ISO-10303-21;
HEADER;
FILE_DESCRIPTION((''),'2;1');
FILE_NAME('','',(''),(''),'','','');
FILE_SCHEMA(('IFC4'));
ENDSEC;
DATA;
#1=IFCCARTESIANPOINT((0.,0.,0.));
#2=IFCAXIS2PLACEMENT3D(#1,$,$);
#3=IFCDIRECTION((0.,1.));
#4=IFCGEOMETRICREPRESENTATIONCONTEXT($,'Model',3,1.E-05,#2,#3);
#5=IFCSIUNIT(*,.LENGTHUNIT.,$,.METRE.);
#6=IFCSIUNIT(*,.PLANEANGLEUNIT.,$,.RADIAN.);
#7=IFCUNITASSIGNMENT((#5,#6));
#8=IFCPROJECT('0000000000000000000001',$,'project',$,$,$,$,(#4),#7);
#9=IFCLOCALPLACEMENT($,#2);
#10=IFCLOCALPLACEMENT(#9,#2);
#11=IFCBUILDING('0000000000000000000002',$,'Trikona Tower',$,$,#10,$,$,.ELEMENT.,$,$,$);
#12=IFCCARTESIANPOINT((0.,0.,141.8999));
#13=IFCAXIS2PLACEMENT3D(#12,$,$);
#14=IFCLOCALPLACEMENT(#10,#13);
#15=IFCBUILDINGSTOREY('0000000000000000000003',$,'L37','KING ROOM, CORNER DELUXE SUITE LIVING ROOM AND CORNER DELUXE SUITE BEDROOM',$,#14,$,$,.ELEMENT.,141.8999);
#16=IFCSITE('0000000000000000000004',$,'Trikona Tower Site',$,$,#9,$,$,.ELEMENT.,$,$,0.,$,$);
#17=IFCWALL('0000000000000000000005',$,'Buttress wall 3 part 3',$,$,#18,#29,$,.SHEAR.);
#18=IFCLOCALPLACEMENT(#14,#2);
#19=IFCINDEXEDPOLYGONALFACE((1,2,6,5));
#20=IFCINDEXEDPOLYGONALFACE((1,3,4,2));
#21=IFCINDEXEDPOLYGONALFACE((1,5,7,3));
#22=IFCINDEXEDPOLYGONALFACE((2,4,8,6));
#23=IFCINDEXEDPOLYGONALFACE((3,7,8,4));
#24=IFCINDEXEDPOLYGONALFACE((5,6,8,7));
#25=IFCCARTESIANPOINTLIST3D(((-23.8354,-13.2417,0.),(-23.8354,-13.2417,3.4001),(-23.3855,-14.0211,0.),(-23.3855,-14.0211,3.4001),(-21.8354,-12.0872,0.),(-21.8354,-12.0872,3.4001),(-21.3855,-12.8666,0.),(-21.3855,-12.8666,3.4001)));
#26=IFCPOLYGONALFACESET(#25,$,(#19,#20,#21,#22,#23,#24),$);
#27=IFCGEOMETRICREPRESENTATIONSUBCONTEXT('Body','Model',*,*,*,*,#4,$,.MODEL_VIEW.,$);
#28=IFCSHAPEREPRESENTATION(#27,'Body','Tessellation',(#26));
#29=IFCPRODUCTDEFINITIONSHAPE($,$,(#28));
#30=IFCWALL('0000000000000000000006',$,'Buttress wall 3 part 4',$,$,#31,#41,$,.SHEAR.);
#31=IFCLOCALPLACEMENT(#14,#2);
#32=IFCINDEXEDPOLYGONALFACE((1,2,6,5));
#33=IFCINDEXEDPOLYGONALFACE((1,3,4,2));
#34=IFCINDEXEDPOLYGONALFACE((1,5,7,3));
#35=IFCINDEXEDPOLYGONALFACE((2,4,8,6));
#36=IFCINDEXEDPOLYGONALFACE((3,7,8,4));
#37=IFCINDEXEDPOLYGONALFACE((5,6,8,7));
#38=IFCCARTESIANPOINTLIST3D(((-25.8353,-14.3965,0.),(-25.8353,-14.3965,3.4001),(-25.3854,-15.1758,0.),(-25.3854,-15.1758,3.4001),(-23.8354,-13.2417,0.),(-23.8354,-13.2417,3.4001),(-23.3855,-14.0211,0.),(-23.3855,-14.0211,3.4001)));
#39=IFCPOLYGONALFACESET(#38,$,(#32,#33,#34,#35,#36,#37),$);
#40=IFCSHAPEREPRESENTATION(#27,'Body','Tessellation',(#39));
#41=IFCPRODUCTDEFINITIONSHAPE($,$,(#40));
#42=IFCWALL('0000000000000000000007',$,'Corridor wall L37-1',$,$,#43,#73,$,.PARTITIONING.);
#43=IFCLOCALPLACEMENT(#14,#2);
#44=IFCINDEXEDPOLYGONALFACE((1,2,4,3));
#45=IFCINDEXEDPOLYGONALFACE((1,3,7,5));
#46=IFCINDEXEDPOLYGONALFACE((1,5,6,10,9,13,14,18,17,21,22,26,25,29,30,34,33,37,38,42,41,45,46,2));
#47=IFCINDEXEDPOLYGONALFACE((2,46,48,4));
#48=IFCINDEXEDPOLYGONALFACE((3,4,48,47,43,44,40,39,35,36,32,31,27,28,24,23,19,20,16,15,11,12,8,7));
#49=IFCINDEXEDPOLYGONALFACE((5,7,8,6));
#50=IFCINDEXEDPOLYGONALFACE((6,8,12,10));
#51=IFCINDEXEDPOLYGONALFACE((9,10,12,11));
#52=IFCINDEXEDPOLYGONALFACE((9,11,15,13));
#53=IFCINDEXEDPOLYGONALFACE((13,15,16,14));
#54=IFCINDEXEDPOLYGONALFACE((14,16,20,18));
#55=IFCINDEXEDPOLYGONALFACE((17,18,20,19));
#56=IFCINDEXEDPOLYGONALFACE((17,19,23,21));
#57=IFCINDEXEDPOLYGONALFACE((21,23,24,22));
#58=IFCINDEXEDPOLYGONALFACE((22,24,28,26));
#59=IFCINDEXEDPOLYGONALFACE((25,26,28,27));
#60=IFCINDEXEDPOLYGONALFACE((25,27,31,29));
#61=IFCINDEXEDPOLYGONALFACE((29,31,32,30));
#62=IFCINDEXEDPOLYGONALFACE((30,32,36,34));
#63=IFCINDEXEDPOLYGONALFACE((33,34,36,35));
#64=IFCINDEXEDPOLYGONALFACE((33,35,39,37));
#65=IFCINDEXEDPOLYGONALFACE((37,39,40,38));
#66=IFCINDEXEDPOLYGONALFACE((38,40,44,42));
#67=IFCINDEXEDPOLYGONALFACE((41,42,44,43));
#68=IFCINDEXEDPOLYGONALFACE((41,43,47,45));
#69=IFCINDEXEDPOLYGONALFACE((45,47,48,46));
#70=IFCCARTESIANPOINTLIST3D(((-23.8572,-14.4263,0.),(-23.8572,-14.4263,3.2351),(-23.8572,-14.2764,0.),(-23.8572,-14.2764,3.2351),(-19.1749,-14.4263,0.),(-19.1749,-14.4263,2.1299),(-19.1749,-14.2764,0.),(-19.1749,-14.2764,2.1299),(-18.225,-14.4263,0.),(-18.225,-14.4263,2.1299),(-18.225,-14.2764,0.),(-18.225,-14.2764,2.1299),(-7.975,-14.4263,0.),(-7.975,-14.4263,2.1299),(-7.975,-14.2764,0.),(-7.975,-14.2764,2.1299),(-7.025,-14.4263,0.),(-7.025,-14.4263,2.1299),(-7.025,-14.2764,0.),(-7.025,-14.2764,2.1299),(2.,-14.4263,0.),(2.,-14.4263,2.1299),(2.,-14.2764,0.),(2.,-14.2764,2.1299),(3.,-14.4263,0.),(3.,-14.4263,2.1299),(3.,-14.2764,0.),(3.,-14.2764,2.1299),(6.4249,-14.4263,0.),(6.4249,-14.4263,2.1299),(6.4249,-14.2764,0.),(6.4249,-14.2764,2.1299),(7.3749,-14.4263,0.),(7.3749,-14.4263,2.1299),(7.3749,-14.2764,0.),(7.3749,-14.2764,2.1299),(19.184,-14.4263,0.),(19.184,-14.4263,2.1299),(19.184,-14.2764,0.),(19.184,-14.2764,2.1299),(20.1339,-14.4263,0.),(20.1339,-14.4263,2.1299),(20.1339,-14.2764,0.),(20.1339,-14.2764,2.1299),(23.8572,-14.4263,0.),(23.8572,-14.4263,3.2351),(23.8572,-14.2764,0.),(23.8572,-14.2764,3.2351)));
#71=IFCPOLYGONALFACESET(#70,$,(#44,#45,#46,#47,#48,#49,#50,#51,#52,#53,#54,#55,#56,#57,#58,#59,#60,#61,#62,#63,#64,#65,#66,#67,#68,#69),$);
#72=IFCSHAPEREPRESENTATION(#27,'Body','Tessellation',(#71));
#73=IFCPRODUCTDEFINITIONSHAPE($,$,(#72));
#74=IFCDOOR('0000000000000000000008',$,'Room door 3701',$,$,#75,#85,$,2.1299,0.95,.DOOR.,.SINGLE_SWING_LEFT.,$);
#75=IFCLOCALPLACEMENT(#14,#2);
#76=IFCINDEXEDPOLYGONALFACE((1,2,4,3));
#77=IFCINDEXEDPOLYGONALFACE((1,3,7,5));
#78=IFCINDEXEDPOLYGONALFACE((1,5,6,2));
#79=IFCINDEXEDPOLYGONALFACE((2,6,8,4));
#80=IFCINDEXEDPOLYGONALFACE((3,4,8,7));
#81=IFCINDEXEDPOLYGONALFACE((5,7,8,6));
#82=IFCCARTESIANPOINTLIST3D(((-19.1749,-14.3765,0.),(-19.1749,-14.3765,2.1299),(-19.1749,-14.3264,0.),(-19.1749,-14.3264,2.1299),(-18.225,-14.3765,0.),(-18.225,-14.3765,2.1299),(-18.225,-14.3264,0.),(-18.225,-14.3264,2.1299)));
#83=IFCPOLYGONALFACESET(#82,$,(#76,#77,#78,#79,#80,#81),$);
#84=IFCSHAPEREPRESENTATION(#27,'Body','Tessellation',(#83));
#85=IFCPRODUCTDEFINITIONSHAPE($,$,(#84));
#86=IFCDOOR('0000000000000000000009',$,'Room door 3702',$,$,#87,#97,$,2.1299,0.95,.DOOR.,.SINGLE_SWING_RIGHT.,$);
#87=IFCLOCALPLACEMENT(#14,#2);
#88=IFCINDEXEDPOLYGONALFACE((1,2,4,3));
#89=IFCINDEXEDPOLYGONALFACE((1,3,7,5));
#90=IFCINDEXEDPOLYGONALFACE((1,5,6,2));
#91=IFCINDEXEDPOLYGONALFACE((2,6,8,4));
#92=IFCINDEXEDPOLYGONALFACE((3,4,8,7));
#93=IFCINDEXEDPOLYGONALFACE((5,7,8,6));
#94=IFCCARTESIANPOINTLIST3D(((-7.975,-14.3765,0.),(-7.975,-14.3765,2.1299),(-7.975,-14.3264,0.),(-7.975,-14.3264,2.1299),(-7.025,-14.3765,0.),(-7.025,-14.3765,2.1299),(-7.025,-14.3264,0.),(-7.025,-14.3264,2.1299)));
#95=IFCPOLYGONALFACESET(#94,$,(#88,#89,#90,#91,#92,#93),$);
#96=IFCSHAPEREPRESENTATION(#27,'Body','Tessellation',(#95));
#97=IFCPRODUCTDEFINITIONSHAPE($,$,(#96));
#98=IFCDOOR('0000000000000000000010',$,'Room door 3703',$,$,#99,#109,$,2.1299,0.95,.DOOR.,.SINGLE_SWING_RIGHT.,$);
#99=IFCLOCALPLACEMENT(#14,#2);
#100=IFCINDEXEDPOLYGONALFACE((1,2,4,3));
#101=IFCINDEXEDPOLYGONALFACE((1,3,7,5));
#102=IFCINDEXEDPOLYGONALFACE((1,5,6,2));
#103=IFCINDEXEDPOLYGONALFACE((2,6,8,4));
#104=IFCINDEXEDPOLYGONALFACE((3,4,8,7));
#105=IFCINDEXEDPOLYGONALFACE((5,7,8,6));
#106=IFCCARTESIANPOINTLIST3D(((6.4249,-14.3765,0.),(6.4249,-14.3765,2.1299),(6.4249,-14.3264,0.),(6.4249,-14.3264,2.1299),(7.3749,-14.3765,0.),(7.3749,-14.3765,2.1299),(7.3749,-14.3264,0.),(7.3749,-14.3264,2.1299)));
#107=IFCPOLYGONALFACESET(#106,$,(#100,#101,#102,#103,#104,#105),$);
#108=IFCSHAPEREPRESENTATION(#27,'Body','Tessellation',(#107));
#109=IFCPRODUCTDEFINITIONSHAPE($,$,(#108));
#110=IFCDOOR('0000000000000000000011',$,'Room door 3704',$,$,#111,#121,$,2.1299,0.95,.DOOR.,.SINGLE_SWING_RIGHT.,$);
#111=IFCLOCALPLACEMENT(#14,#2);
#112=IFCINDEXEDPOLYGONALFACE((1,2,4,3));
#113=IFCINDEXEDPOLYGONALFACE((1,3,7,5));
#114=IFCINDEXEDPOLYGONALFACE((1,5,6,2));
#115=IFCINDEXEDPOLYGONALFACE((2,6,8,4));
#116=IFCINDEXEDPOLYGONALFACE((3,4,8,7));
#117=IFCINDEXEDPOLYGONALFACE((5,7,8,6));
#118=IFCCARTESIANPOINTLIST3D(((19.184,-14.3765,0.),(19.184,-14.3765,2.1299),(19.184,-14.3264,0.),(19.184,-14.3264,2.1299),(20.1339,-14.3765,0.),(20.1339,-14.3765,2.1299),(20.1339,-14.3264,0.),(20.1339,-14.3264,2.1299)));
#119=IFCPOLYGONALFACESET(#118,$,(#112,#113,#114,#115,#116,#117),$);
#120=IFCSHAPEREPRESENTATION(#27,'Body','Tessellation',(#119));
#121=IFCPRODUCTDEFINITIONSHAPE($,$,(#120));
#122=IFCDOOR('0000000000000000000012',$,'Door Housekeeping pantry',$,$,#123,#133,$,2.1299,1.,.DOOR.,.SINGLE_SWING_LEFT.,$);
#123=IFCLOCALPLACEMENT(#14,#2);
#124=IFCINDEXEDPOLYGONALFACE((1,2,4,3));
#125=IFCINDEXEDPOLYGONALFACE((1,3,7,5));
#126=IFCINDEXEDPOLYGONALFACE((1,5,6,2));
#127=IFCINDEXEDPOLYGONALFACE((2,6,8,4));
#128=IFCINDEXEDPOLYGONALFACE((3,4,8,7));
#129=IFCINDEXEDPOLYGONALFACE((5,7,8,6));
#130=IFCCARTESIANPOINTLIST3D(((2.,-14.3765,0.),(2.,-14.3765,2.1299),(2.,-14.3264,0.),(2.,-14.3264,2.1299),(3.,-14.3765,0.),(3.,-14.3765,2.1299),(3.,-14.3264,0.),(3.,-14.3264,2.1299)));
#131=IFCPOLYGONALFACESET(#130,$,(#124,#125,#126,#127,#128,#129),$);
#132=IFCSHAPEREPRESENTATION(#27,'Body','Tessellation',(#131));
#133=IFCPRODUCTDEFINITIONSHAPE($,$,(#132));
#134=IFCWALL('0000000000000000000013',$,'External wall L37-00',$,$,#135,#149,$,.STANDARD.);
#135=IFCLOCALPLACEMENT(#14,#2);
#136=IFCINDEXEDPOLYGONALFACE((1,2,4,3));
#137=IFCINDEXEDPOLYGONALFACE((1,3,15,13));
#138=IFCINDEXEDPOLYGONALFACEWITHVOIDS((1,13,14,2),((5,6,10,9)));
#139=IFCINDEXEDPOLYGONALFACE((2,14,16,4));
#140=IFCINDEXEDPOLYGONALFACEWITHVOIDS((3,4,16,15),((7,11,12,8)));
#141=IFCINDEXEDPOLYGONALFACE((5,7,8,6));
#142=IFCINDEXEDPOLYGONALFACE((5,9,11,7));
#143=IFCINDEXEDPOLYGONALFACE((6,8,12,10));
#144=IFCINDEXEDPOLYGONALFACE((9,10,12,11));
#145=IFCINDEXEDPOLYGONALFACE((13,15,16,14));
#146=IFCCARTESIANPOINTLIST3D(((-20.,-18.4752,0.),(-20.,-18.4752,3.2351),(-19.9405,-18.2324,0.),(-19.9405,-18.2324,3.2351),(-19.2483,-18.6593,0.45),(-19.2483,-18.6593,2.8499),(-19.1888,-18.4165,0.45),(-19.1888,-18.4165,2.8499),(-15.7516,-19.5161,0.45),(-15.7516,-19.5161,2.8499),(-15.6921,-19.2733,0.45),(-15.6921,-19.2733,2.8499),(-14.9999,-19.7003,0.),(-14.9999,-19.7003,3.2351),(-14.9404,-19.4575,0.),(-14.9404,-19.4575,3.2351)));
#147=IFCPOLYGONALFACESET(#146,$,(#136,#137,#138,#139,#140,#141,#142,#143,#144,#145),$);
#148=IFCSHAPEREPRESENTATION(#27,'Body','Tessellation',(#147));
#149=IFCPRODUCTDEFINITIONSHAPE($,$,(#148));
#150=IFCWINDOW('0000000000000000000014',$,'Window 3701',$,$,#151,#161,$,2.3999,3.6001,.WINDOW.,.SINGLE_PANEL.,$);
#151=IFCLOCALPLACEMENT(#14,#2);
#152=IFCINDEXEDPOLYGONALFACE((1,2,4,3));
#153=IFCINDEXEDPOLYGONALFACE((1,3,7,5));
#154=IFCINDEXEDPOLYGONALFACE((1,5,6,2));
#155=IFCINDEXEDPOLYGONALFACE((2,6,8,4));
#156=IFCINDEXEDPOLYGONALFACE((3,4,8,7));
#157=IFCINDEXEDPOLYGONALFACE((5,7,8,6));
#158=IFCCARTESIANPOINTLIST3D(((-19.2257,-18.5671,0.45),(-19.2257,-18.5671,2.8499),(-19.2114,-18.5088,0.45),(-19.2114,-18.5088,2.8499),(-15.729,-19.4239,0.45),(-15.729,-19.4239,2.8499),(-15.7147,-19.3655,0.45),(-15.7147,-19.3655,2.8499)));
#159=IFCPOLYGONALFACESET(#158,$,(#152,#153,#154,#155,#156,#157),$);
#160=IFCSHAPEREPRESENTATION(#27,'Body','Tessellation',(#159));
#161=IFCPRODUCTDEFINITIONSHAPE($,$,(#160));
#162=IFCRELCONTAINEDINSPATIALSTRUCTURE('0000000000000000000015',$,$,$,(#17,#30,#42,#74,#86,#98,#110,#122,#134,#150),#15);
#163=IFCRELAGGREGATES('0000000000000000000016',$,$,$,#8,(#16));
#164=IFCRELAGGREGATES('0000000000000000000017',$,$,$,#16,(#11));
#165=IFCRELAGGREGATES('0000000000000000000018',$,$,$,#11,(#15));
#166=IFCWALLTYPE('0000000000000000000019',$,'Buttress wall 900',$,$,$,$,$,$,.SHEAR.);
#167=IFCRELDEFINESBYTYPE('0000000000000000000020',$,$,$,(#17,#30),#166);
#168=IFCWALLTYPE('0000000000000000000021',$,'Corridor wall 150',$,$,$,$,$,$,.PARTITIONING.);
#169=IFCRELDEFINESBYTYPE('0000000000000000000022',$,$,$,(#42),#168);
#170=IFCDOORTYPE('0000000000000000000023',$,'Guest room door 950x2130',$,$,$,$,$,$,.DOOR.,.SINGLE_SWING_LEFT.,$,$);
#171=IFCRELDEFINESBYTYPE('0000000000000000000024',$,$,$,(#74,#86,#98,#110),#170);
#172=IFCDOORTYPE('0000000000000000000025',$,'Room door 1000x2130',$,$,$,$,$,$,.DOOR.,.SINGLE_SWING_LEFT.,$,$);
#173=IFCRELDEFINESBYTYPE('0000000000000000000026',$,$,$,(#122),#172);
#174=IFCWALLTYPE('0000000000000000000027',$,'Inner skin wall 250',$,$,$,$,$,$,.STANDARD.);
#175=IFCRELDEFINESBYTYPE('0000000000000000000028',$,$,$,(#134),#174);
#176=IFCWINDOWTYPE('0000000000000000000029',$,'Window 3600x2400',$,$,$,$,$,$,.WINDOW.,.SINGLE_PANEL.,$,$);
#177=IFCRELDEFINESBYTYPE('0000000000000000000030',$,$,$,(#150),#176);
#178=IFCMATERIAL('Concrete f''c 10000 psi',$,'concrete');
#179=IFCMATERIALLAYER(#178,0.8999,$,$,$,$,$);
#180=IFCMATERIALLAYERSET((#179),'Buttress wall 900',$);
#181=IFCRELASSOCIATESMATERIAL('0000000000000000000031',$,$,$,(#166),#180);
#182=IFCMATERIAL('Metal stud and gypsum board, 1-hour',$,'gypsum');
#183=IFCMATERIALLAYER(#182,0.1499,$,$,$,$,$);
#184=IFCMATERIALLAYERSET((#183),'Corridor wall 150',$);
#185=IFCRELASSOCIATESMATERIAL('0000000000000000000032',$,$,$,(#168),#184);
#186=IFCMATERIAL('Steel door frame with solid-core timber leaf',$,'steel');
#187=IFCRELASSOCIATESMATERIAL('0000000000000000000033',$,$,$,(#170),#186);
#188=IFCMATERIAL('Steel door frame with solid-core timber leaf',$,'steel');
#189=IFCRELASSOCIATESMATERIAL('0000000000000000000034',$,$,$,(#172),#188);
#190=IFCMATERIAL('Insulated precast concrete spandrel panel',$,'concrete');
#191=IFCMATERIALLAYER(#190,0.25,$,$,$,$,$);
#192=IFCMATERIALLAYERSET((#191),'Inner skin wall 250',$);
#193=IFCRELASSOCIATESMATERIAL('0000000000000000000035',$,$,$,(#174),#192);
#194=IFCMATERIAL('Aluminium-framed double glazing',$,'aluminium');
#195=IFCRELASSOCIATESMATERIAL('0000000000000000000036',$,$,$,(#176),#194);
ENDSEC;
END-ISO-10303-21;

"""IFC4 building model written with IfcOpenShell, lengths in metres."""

from ifc_helpers import new_model, si_unit, direction, frame, frame_2d, origin, place, context, subcontext, project, spatial, rectangle, extrude, material, layer, layer_set, type_object, element, fill, save


model = new_model("IFC4")

# Units and contexts
model_context = context("Model", 3, precision=1e-05, world=origin(), true_north=direction((0.0, 1.0)))
body_context = subcontext(model_context, "Body", "Model", "MODEL_VIEW")
ifc_project = project(units=[si_unit("LENGTHUNIT", "METRE"), si_unit("PLANEANGLEUNIT", "RADIAN")], contexts=[model_context])

# Site, building, storey
site_placement = place(None, origin())
site = spatial("IfcSite", under=ifc_project, at=site_placement, Name="Trikona Tower Site", CompositionType="ELEMENT", RefElevation=0.0)
building_placement = place(site_placement, origin())
building = spatial("IfcBuilding", under=site, at=building_placement, Name="Trikona Tower", CompositionType="ELEMENT")
storey_placement = place(building_placement, frame((0.0, 0.0, 141.8999)))
storey = spatial("IfcBuildingStorey", under=building, at=storey_placement, Name="L37", Description="KING ROOM, CORNER DELUXE SUITE LIVING ROOM AND CORNER DELUXE SUITE BEDROOM", CompositionType="ELEMENT", Elevation=141.8999)

# Walls
ifc_material_1 = material(Name="Concrete f'c 10000 psi", Category="concrete")
ifc_layer_1 = layer(ifc_material_1, 0.8999)
ifc_layer_set_1 = layer_set([ifc_layer_1], Name="Buttress wall 900")
wall_type_1 = type_object("IfcWallType", Name="Buttress wall 900", PredefinedType="SHEAR", material=ifc_layer_set_1)
for number, where, z_axis, x_axis, name in (
    (1, (-21.6104, -12.4768, 0.0), (0.0, 0.0, 1.0), (-0.866055, -0.499948, 0.0), "Buttress wall 3 part 3"),
    (2, (-23.6104, -13.6313, 0.0), (0.0, 0.0, 1.0), (-0.86601, -0.500027, 0.0), "Buttress wall 3 part 4"),
):
    element("IfcWall", number, at=place(storey_placement, frame(where, z_axis=z_axis, x_axis=x_axis)), inside=storey, type_object=wall_type_1, Name=name, PredefinedType="SHEAR", context=body_context, shape_type="SweptSolid", body=[
        extrude(rectangle(XDim=2.3093, YDim=0.8999, at=frame_2d((1.1548, 0.0))), origin(), (0.0, 0.0, 1.0), 3.4001),
    ])

# Wall, openings, doors
ifc_material_2 = material(Name="Metal stud and gypsum board, 1-hour", Category="gypsum")
ifc_layer_2 = layer(ifc_material_2, 0.1499)
ifc_layer_set_2 = layer_set([ifc_layer_2], Name="Corridor wall 150")
wall_type_2 = type_object("IfcWallType", Name="Corridor wall 150", PredefinedType="PARTITIONING", material=ifc_layer_set_2)
wall_1_placement = place(storey_placement, frame((-23.8572, -14.3513, 0.0), z_axis=(0.0, 0.0, 1.0), x_axis=(1.0, 0.0, 0.0)))
wall_1 = element("IfcWall", 3, at=wall_1_placement, inside=storey, type_object=wall_type_2, Name="Corridor wall L37-1", PredefinedType="PARTITIONING", context=body_context, shape_type="SweptSolid", body=[
    extrude(rectangle(XDim=47.7144, YDim=0.1499, at=frame_2d((23.8572, 0.0))), origin(), (0.0, 0.0, 1.0), 3.2351),
])
opening_1_placement = place(wall_1_placement, frame((4.6821, 0.0, 0.0)))
opening_1 = element("IfcOpeningElement", 4, at=opening_1_placement, cuts=wall_1, PredefinedType="OPENING", context=body_context, shape_type="SweptSolid", body=[
    extrude(rectangle(XDim=0.95, YDim=2.1299, at=frame_2d((0.4751, 1.0649))), frame((0.0, 0.085, 0.0), z_axis=(0.0, -1.0, 0.0), x_axis=(1.0, 0.0, 0.0)), (0.0, 0.0, 1.0), 0.1699),
])
opening_2_placement = place(wall_1_placement, frame((15.8821, 0.0, 0.0)))
opening_2 = element("IfcOpeningElement", 5, at=opening_2_placement, cuts=wall_1, PredefinedType="OPENING", context=body_context, shape_type="SweptSolid", body=[
    extrude(rectangle(XDim=0.95, YDim=2.1299, at=frame_2d((0.4751, 1.0649))), frame((0.0, 0.085, 0.0), z_axis=(0.0, -1.0, 0.0), x_axis=(1.0, 0.0, 0.0)), (0.0, 0.0, 1.0), 0.1699),
])
opening_3_placement = place(wall_1_placement, frame((25.8572, 0.0, 0.0)))
opening_3 = element("IfcOpeningElement", 6, at=opening_3_placement, cuts=wall_1, PredefinedType="OPENING", context=body_context, shape_type="SweptSolid", body=[
    extrude(rectangle(XDim=1.0, YDim=2.1299, at=frame_2d((0.5, 1.0649))), frame((0.0, 0.085, 0.0), z_axis=(0.0, -1.0, 0.0), x_axis=(1.0, 0.0, 0.0)), (0.0, 0.0, 1.0), 0.1699),
])
opening_4_placement = place(wall_1_placement, frame((30.282, 0.0, 0.0)))
opening_4 = element("IfcOpeningElement", 7, at=opening_4_placement, cuts=wall_1, PredefinedType="OPENING", context=body_context, shape_type="SweptSolid", body=[
    extrude(rectangle(XDim=0.95, YDim=2.1299, at=frame_2d((0.4751, 1.0649))), frame((0.0, 0.085, 0.0), z_axis=(0.0, -1.0, 0.0), x_axis=(1.0, 0.0, 0.0)), (0.0, 0.0, 1.0), 0.1699),
])
opening_5_placement = place(wall_1_placement, frame((43.041, 0.0, 0.0)))
opening_5 = element("IfcOpeningElement", 8, at=opening_5_placement, cuts=wall_1, PredefinedType="OPENING", context=body_context, shape_type="SweptSolid", body=[
    extrude(rectangle(XDim=0.95, YDim=2.1299, at=frame_2d((0.4751, 1.0649))), frame((0.0, 0.085, 0.0), z_axis=(0.0, -1.0, 0.0), x_axis=(1.0, 0.0, 0.0)), (0.0, 0.0, 1.0), 0.1699),
])
ifc_material_3 = material(Name="Steel door frame with solid-core timber leaf", Category="steel")
door_type_1 = type_object("IfcDoorType", Name="Guest room door 950x2130", OperationType="SINGLE_SWING_LEFT", PredefinedType="DOOR", material=ifc_material_3)
door_1_placement = place(opening_1_placement, origin())
door_1 = element("IfcDoor", 9, at=door_1_placement, inside=storey, type_object=door_type_1, Name="Room door 3701", OperationType="SINGLE_SWING_LEFT", OverallHeight=2.1299, OverallWidth=0.95, PredefinedType="DOOR", context=body_context, shape_type="SweptSolid", body=[
    extrude(rectangle(XDim=0.95, YDim=2.1299, at=frame_2d((0.4751, 1.0649))), frame((0.0, 0.0249, 0.0), z_axis=(0.0, -1.0, 0.0), x_axis=(1.0, 0.0, 0.0)), (0.0, 0.0, 1.0), 0.05),
])
fill(opening_1, door_1)
door_2_placement = place(opening_2_placement, origin())
door_2 = element("IfcDoor", 10, at=door_2_placement, inside=storey, type_object=door_type_1, Name="Room door 3702", OperationType="SINGLE_SWING_RIGHT", OverallHeight=2.1299, OverallWidth=0.95, PredefinedType="DOOR", context=body_context, shape_type="SweptSolid", body=[
    extrude(rectangle(XDim=0.95, YDim=2.1299, at=frame_2d((0.4751, 1.0649))), frame((0.0, 0.0249, 0.0), z_axis=(0.0, -1.0, 0.0), x_axis=(1.0, 0.0, 0.0)), (0.0, 0.0, 1.0), 0.05),
])
fill(opening_2, door_2)
door_3_placement = place(opening_4_placement, origin())
door_3 = element("IfcDoor", 11, at=door_3_placement, inside=storey, type_object=door_type_1, Name="Room door 3703", OperationType="SINGLE_SWING_RIGHT", OverallHeight=2.1299, OverallWidth=0.95, PredefinedType="DOOR", context=body_context, shape_type="SweptSolid", body=[
    extrude(rectangle(XDim=0.95, YDim=2.1299, at=frame_2d((0.4751, 1.0649))), frame((0.0, 0.0249, 0.0), z_axis=(0.0, -1.0, 0.0), x_axis=(1.0, 0.0, 0.0)), (0.0, 0.0, 1.0), 0.05),
])
fill(opening_4, door_3)
door_4_placement = place(opening_5_placement, origin())
door_4 = element("IfcDoor", 12, at=door_4_placement, inside=storey, type_object=door_type_1, Name="Room door 3704", OperationType="SINGLE_SWING_RIGHT", OverallHeight=2.1299, OverallWidth=0.95, PredefinedType="DOOR", context=body_context, shape_type="SweptSolid", body=[
    extrude(rectangle(XDim=0.95, YDim=2.1299, at=frame_2d((0.4751, 1.0649))), frame((0.0, 0.0249, 0.0), z_axis=(0.0, -1.0, 0.0), x_axis=(1.0, 0.0, 0.0)), (0.0, 0.0, 1.0), 0.05),
])
fill(opening_5, door_4)
ifc_material_4 = material(Name="Steel door frame with solid-core timber leaf", Category="steel")
door_type_2 = type_object("IfcDoorType", Name="Room door 1000x2130", OperationType="SINGLE_SWING_LEFT", PredefinedType="DOOR", material=ifc_material_4)
door_5_placement = place(opening_3_placement, origin())
door_5 = element("IfcDoor", 13, at=door_5_placement, inside=storey, type_object=door_type_2, Name="Door Housekeeping pantry", OperationType="SINGLE_SWING_LEFT", OverallHeight=2.1299, OverallWidth=1.0, PredefinedType="DOOR", context=body_context, shape_type="SweptSolid", body=[
    extrude(rectangle(XDim=1.0, YDim=2.1299, at=frame_2d((0.5, 1.0649))), frame((0.0, 0.0249, 0.0), z_axis=(0.0, -1.0, 0.0), x_axis=(1.0, 0.0, 0.0)), (0.0, 0.0, 1.0), 0.05),
])
fill(opening_3, door_5)

# Wall, opening, window
ifc_material_5 = material(Name="Insulated precast concrete spandrel panel", Category="concrete")
ifc_layer_3 = layer(ifc_material_5, 0.25)
ifc_layer_set_3 = layer_set([ifc_layer_3], Name="Inner skin wall 250")
wall_type_3 = type_object("IfcWallType", Name="Inner skin wall 250", PredefinedType="STANDARD", material=ifc_layer_set_3)
wall_2_placement = place(storey_placement, frame((-19.9702, -18.3538, 0.0), z_axis=(0.0, 0.0, 1.0), x_axis=(0.97127, -0.23798, 0.0)))
wall_2 = element("IfcWall", 14, at=wall_2_placement, inside=storey, type_object=wall_type_3, Name="External wall L37-00", PredefinedType="STANDARD", context=body_context, shape_type="SweptSolid", body=[
    extrude(rectangle(XDim=5.1479, YDim=0.25, at=frame_2d((2.574, 0.0))), origin(), (0.0, 0.0, 1.0), 3.2351),
])
opening_6_placement = place(wall_2_placement, frame((0.7739, 0.0, 0.45)))
opening_6 = element("IfcOpeningElement", 15, at=opening_6_placement, cuts=wall_2, PredefinedType="OPENING", context=body_context, shape_type="SweptSolid", body=[
    extrude(rectangle(XDim=3.6001, YDim=2.3999, at=frame_2d((1.8, 1.2))), frame((0.0, 0.135, 0.0), z_axis=(0.0, -1.0, 0.0), x_axis=(1.0, 0.0, 0.0)), (0.0, 0.0, 1.0), 0.27),
])
ifc_material_6 = material(Name="Aluminium-framed double glazing", Category="aluminium")
window_type_1 = type_object("IfcWindowType", Name="Window 3600x2400", PartitioningType="SINGLE_PANEL", PredefinedType="WINDOW", material=ifc_material_6)
window_1_placement = place(opening_6_placement, origin())
window_1 = element("IfcWindow", 16, at=window_1_placement, inside=storey, type_object=window_type_1, Name="Window 3701", OverallHeight=2.3999, OverallWidth=3.6001, PartitioningType="SINGLE_PANEL", PredefinedType="WINDOW", context=body_context, shape_type="SweptSolid", body=[
    extrude(rectangle(XDim=3.6001, YDim=2.3999, at=frame_2d((1.8, 1.2))), frame((0.0, 0.03, 0.0), z_axis=(0.0, -1.0, 0.0), x_axis=(1.0, 0.0, 0.0)), (0.0, 0.0, 1.0), 0.0601),
])
fill(opening_6, window_1)

save(model, "model.ifc")
